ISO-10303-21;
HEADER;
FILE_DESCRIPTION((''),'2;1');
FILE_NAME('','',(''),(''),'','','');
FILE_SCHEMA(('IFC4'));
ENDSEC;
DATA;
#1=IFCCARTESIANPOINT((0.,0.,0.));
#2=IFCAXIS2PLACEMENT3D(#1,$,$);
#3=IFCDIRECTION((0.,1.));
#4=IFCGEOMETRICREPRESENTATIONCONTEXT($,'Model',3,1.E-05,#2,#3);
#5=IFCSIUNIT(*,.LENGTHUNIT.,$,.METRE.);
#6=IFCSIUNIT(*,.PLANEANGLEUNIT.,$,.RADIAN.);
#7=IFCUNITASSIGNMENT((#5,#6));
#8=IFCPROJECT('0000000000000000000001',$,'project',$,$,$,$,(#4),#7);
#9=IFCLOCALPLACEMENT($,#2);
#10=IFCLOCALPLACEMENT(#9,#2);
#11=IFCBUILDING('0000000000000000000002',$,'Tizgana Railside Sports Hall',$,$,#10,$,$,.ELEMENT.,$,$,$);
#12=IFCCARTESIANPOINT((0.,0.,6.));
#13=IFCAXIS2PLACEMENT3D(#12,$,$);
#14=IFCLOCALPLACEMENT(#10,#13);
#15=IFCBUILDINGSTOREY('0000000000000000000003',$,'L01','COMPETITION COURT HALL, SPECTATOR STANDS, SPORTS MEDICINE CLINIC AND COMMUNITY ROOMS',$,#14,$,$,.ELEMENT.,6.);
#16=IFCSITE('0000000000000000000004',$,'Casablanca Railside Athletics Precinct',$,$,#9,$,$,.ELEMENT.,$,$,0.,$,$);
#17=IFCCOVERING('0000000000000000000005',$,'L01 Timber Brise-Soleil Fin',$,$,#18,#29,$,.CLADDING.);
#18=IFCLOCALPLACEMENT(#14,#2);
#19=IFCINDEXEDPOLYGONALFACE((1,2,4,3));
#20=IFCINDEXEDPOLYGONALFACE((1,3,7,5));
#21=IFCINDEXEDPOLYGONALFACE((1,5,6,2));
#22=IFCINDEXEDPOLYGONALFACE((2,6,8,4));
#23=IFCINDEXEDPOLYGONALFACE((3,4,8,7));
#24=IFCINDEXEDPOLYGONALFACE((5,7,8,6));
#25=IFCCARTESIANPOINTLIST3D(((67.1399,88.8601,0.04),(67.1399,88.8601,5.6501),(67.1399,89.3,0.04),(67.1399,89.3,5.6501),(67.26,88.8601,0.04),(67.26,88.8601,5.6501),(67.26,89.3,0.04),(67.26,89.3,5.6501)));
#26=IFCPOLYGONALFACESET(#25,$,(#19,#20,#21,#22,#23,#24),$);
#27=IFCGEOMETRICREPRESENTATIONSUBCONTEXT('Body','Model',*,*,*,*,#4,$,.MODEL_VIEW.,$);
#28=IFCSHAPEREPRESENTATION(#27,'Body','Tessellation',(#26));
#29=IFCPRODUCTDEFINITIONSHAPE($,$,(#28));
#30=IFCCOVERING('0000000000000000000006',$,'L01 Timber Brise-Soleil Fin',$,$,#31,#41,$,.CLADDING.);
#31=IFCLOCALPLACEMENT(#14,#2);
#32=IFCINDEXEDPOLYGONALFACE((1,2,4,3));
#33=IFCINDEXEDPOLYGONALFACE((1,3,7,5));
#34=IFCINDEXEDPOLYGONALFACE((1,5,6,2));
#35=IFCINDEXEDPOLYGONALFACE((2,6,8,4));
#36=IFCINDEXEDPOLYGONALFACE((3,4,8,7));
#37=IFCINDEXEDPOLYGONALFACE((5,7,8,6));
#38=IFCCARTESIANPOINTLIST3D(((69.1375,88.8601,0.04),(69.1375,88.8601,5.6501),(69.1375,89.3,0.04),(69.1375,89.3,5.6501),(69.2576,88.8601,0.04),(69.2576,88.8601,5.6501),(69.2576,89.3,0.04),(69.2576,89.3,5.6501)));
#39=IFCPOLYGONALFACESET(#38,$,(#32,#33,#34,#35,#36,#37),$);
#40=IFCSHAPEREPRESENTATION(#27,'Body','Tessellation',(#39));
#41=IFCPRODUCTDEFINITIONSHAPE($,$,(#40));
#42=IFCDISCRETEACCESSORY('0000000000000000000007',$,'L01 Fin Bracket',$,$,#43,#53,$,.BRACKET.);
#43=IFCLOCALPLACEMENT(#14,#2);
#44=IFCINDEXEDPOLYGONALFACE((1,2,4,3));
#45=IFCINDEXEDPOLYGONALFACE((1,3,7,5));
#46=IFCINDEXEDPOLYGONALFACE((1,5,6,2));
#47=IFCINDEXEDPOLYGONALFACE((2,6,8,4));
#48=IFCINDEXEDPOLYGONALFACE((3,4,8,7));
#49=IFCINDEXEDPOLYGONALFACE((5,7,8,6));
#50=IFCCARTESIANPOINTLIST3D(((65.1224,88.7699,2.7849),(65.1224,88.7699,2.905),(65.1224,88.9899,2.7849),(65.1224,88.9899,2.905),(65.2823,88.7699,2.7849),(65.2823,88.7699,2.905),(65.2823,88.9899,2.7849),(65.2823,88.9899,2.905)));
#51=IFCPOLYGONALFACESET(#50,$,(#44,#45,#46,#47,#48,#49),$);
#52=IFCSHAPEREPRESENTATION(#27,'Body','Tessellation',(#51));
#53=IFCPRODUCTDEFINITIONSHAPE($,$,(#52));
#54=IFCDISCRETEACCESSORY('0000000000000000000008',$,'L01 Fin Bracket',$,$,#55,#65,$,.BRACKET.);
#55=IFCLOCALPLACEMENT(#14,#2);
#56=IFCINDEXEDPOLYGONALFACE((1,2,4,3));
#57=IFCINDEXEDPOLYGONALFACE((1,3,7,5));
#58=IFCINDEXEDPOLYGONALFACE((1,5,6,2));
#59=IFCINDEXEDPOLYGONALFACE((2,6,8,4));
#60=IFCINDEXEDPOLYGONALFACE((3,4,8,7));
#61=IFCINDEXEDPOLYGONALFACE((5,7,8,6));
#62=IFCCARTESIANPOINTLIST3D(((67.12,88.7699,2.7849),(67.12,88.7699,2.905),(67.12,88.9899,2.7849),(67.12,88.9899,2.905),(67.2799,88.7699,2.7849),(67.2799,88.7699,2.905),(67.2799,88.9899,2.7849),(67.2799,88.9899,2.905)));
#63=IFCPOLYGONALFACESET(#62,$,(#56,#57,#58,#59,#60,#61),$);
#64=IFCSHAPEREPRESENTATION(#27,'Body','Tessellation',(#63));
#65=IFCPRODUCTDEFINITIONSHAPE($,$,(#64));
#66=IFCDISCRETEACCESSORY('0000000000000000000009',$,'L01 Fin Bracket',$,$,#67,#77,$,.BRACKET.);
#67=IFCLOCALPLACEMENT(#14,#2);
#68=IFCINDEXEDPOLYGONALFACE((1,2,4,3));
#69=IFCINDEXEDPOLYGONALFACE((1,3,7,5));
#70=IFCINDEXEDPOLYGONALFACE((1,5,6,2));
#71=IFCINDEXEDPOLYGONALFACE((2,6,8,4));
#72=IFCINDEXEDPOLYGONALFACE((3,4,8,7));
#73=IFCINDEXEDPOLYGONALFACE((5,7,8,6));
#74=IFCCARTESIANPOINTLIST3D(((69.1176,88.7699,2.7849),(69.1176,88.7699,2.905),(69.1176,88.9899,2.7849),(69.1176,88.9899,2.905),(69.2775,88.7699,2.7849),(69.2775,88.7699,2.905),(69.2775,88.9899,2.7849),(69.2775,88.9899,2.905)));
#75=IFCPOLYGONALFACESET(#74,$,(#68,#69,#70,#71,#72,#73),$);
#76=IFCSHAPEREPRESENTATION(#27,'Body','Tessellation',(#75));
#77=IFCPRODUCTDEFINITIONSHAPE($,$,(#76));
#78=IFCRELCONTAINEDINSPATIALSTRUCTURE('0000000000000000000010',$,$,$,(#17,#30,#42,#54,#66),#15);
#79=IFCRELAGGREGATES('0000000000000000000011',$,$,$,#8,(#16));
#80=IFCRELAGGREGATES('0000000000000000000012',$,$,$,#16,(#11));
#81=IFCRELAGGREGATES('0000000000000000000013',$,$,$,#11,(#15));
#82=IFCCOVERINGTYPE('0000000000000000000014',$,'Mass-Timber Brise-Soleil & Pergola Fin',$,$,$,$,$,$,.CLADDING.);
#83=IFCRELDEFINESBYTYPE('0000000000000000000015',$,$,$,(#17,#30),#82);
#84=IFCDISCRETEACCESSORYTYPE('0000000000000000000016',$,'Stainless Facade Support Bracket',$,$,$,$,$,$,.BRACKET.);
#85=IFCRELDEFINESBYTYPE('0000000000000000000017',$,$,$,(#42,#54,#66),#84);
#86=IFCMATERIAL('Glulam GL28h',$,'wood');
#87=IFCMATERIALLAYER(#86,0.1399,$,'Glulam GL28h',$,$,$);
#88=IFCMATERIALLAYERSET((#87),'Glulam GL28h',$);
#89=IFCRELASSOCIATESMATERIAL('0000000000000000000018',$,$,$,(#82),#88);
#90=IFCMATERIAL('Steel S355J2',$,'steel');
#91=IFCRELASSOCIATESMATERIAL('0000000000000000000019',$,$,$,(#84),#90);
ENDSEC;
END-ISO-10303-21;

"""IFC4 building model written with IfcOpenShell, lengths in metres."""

from ifc_helpers import new_model, si_unit, direction, frame, origin, origin_2d, place, context, subcontext, project, spatial, rectangle, extrude, material, layer, layer_set, type_object, element, save


model = new_model("IFC4")

# Units and contexts
model_context = context("Model", 3, precision=1e-05, world=origin(), true_north=direction((0.0, 1.0)))
body_context = subcontext(model_context, "Body", "Model", "MODEL_VIEW")
ifc_project = project(units=[si_unit("LENGTHUNIT", "METRE"), si_unit("PLANEANGLEUNIT", "RADIAN")], contexts=[model_context])

# Site, building, storey
site_placement = place(None, origin())
site = spatial("IfcSite", under=ifc_project, at=site_placement, Name="Casablanca Railside Athletics Precinct", CompositionType="ELEMENT", RefElevation=0.0)
building_placement = place(site_placement, origin())
building = spatial("IfcBuilding", under=site, at=building_placement, Name="Tizgana Railside Sports Hall", CompositionType="ELEMENT")
storey_placement = place(building_placement, frame((0.0, 0.0, 6.0)))
storey = spatial("IfcBuildingStorey", under=building, at=storey_placement, Name="L01", Description="COMPETITION COURT HALL, SPECTATOR STANDS, SPORTS MEDICINE CLINIC AND COMMUNITY ROOMS", CompositionType="ELEMENT", Elevation=6.0)

# Coverings
ifc_material_1 = material(Name="Glulam GL28h", Category="wood")
ifc_layer_1 = layer(ifc_material_1, 0.1399, Name="Glulam GL28h")
ifc_layer_set_1 = layer_set([ifc_layer_1], Name="Glulam GL28h")
covering_type = type_object("IfcCoveringType", Name="Mass-Timber Brise-Soleil & Pergola Fin", PredefinedType="CLADDING", material=ifc_layer_set_1)
for number, where, z_axis, x_axis, name in (
    (1, (67.2, 89.0801, 0.04), (0.0, 0.0, 1.0), (1.0, 0.0, 0.0), "L01 Timber Brise-Soleil Fin"),
    (2, (69.1975, 89.0801, 0.04), (0.0, 0.0, 1.0), (1.0, 0.0, 0.0), "L01 Timber Brise-Soleil Fin"),
):
    element("IfcCovering", number, at=place(storey_placement, frame(where, z_axis=z_axis, x_axis=x_axis)), inside=storey, type_object=covering_type, Name=name, PredefinedType="CLADDING", context=body_context, shape_type="SweptSolid", body=[
        extrude(rectangle(XDim=0.1201, YDim=0.4399, at=origin_2d()), origin(), (0.0, 0.0, 1.0), 5.6101),
    ])

# Discrete accessories
ifc_material_2 = material(Name="Steel S355J2", Category="steel")
discrete_accessory_type = type_object("IfcDiscreteAccessoryType", Name="Stainless Facade Support Bracket", PredefinedType="BRACKET", material=ifc_material_2)
for number, where, z_axis, x_axis, name in (
    (3, (65.2024, 88.8799, 2.7849), (0.0, 0.0, 1.0), (1.0, 0.0, 0.0), "L01 Fin Bracket"),
    (4, (67.2, 88.8799, 2.7849), (0.0, 0.0, 1.0), (1.0, 0.0, 0.0), "L01 Fin Bracket"),
    (5, (69.1975, 88.8799, 2.7849), (0.0, 0.0, 1.0), (1.0, 0.0, 0.0), "L01 Fin Bracket"),
):
    element("IfcDiscreteAccessory", number, at=place(storey_placement, frame(where, z_axis=z_axis, x_axis=x_axis)), inside=storey, type_object=discrete_accessory_type, Name=name, PredefinedType="BRACKET", context=body_context, shape_type="SweptSolid", body=[
        extrude(rectangle(XDim=0.1599, YDim=0.22, at=origin_2d()), origin(), (0.0, 0.0, 1.0), 0.1201),
    ])

save(model, "model.ifc")
